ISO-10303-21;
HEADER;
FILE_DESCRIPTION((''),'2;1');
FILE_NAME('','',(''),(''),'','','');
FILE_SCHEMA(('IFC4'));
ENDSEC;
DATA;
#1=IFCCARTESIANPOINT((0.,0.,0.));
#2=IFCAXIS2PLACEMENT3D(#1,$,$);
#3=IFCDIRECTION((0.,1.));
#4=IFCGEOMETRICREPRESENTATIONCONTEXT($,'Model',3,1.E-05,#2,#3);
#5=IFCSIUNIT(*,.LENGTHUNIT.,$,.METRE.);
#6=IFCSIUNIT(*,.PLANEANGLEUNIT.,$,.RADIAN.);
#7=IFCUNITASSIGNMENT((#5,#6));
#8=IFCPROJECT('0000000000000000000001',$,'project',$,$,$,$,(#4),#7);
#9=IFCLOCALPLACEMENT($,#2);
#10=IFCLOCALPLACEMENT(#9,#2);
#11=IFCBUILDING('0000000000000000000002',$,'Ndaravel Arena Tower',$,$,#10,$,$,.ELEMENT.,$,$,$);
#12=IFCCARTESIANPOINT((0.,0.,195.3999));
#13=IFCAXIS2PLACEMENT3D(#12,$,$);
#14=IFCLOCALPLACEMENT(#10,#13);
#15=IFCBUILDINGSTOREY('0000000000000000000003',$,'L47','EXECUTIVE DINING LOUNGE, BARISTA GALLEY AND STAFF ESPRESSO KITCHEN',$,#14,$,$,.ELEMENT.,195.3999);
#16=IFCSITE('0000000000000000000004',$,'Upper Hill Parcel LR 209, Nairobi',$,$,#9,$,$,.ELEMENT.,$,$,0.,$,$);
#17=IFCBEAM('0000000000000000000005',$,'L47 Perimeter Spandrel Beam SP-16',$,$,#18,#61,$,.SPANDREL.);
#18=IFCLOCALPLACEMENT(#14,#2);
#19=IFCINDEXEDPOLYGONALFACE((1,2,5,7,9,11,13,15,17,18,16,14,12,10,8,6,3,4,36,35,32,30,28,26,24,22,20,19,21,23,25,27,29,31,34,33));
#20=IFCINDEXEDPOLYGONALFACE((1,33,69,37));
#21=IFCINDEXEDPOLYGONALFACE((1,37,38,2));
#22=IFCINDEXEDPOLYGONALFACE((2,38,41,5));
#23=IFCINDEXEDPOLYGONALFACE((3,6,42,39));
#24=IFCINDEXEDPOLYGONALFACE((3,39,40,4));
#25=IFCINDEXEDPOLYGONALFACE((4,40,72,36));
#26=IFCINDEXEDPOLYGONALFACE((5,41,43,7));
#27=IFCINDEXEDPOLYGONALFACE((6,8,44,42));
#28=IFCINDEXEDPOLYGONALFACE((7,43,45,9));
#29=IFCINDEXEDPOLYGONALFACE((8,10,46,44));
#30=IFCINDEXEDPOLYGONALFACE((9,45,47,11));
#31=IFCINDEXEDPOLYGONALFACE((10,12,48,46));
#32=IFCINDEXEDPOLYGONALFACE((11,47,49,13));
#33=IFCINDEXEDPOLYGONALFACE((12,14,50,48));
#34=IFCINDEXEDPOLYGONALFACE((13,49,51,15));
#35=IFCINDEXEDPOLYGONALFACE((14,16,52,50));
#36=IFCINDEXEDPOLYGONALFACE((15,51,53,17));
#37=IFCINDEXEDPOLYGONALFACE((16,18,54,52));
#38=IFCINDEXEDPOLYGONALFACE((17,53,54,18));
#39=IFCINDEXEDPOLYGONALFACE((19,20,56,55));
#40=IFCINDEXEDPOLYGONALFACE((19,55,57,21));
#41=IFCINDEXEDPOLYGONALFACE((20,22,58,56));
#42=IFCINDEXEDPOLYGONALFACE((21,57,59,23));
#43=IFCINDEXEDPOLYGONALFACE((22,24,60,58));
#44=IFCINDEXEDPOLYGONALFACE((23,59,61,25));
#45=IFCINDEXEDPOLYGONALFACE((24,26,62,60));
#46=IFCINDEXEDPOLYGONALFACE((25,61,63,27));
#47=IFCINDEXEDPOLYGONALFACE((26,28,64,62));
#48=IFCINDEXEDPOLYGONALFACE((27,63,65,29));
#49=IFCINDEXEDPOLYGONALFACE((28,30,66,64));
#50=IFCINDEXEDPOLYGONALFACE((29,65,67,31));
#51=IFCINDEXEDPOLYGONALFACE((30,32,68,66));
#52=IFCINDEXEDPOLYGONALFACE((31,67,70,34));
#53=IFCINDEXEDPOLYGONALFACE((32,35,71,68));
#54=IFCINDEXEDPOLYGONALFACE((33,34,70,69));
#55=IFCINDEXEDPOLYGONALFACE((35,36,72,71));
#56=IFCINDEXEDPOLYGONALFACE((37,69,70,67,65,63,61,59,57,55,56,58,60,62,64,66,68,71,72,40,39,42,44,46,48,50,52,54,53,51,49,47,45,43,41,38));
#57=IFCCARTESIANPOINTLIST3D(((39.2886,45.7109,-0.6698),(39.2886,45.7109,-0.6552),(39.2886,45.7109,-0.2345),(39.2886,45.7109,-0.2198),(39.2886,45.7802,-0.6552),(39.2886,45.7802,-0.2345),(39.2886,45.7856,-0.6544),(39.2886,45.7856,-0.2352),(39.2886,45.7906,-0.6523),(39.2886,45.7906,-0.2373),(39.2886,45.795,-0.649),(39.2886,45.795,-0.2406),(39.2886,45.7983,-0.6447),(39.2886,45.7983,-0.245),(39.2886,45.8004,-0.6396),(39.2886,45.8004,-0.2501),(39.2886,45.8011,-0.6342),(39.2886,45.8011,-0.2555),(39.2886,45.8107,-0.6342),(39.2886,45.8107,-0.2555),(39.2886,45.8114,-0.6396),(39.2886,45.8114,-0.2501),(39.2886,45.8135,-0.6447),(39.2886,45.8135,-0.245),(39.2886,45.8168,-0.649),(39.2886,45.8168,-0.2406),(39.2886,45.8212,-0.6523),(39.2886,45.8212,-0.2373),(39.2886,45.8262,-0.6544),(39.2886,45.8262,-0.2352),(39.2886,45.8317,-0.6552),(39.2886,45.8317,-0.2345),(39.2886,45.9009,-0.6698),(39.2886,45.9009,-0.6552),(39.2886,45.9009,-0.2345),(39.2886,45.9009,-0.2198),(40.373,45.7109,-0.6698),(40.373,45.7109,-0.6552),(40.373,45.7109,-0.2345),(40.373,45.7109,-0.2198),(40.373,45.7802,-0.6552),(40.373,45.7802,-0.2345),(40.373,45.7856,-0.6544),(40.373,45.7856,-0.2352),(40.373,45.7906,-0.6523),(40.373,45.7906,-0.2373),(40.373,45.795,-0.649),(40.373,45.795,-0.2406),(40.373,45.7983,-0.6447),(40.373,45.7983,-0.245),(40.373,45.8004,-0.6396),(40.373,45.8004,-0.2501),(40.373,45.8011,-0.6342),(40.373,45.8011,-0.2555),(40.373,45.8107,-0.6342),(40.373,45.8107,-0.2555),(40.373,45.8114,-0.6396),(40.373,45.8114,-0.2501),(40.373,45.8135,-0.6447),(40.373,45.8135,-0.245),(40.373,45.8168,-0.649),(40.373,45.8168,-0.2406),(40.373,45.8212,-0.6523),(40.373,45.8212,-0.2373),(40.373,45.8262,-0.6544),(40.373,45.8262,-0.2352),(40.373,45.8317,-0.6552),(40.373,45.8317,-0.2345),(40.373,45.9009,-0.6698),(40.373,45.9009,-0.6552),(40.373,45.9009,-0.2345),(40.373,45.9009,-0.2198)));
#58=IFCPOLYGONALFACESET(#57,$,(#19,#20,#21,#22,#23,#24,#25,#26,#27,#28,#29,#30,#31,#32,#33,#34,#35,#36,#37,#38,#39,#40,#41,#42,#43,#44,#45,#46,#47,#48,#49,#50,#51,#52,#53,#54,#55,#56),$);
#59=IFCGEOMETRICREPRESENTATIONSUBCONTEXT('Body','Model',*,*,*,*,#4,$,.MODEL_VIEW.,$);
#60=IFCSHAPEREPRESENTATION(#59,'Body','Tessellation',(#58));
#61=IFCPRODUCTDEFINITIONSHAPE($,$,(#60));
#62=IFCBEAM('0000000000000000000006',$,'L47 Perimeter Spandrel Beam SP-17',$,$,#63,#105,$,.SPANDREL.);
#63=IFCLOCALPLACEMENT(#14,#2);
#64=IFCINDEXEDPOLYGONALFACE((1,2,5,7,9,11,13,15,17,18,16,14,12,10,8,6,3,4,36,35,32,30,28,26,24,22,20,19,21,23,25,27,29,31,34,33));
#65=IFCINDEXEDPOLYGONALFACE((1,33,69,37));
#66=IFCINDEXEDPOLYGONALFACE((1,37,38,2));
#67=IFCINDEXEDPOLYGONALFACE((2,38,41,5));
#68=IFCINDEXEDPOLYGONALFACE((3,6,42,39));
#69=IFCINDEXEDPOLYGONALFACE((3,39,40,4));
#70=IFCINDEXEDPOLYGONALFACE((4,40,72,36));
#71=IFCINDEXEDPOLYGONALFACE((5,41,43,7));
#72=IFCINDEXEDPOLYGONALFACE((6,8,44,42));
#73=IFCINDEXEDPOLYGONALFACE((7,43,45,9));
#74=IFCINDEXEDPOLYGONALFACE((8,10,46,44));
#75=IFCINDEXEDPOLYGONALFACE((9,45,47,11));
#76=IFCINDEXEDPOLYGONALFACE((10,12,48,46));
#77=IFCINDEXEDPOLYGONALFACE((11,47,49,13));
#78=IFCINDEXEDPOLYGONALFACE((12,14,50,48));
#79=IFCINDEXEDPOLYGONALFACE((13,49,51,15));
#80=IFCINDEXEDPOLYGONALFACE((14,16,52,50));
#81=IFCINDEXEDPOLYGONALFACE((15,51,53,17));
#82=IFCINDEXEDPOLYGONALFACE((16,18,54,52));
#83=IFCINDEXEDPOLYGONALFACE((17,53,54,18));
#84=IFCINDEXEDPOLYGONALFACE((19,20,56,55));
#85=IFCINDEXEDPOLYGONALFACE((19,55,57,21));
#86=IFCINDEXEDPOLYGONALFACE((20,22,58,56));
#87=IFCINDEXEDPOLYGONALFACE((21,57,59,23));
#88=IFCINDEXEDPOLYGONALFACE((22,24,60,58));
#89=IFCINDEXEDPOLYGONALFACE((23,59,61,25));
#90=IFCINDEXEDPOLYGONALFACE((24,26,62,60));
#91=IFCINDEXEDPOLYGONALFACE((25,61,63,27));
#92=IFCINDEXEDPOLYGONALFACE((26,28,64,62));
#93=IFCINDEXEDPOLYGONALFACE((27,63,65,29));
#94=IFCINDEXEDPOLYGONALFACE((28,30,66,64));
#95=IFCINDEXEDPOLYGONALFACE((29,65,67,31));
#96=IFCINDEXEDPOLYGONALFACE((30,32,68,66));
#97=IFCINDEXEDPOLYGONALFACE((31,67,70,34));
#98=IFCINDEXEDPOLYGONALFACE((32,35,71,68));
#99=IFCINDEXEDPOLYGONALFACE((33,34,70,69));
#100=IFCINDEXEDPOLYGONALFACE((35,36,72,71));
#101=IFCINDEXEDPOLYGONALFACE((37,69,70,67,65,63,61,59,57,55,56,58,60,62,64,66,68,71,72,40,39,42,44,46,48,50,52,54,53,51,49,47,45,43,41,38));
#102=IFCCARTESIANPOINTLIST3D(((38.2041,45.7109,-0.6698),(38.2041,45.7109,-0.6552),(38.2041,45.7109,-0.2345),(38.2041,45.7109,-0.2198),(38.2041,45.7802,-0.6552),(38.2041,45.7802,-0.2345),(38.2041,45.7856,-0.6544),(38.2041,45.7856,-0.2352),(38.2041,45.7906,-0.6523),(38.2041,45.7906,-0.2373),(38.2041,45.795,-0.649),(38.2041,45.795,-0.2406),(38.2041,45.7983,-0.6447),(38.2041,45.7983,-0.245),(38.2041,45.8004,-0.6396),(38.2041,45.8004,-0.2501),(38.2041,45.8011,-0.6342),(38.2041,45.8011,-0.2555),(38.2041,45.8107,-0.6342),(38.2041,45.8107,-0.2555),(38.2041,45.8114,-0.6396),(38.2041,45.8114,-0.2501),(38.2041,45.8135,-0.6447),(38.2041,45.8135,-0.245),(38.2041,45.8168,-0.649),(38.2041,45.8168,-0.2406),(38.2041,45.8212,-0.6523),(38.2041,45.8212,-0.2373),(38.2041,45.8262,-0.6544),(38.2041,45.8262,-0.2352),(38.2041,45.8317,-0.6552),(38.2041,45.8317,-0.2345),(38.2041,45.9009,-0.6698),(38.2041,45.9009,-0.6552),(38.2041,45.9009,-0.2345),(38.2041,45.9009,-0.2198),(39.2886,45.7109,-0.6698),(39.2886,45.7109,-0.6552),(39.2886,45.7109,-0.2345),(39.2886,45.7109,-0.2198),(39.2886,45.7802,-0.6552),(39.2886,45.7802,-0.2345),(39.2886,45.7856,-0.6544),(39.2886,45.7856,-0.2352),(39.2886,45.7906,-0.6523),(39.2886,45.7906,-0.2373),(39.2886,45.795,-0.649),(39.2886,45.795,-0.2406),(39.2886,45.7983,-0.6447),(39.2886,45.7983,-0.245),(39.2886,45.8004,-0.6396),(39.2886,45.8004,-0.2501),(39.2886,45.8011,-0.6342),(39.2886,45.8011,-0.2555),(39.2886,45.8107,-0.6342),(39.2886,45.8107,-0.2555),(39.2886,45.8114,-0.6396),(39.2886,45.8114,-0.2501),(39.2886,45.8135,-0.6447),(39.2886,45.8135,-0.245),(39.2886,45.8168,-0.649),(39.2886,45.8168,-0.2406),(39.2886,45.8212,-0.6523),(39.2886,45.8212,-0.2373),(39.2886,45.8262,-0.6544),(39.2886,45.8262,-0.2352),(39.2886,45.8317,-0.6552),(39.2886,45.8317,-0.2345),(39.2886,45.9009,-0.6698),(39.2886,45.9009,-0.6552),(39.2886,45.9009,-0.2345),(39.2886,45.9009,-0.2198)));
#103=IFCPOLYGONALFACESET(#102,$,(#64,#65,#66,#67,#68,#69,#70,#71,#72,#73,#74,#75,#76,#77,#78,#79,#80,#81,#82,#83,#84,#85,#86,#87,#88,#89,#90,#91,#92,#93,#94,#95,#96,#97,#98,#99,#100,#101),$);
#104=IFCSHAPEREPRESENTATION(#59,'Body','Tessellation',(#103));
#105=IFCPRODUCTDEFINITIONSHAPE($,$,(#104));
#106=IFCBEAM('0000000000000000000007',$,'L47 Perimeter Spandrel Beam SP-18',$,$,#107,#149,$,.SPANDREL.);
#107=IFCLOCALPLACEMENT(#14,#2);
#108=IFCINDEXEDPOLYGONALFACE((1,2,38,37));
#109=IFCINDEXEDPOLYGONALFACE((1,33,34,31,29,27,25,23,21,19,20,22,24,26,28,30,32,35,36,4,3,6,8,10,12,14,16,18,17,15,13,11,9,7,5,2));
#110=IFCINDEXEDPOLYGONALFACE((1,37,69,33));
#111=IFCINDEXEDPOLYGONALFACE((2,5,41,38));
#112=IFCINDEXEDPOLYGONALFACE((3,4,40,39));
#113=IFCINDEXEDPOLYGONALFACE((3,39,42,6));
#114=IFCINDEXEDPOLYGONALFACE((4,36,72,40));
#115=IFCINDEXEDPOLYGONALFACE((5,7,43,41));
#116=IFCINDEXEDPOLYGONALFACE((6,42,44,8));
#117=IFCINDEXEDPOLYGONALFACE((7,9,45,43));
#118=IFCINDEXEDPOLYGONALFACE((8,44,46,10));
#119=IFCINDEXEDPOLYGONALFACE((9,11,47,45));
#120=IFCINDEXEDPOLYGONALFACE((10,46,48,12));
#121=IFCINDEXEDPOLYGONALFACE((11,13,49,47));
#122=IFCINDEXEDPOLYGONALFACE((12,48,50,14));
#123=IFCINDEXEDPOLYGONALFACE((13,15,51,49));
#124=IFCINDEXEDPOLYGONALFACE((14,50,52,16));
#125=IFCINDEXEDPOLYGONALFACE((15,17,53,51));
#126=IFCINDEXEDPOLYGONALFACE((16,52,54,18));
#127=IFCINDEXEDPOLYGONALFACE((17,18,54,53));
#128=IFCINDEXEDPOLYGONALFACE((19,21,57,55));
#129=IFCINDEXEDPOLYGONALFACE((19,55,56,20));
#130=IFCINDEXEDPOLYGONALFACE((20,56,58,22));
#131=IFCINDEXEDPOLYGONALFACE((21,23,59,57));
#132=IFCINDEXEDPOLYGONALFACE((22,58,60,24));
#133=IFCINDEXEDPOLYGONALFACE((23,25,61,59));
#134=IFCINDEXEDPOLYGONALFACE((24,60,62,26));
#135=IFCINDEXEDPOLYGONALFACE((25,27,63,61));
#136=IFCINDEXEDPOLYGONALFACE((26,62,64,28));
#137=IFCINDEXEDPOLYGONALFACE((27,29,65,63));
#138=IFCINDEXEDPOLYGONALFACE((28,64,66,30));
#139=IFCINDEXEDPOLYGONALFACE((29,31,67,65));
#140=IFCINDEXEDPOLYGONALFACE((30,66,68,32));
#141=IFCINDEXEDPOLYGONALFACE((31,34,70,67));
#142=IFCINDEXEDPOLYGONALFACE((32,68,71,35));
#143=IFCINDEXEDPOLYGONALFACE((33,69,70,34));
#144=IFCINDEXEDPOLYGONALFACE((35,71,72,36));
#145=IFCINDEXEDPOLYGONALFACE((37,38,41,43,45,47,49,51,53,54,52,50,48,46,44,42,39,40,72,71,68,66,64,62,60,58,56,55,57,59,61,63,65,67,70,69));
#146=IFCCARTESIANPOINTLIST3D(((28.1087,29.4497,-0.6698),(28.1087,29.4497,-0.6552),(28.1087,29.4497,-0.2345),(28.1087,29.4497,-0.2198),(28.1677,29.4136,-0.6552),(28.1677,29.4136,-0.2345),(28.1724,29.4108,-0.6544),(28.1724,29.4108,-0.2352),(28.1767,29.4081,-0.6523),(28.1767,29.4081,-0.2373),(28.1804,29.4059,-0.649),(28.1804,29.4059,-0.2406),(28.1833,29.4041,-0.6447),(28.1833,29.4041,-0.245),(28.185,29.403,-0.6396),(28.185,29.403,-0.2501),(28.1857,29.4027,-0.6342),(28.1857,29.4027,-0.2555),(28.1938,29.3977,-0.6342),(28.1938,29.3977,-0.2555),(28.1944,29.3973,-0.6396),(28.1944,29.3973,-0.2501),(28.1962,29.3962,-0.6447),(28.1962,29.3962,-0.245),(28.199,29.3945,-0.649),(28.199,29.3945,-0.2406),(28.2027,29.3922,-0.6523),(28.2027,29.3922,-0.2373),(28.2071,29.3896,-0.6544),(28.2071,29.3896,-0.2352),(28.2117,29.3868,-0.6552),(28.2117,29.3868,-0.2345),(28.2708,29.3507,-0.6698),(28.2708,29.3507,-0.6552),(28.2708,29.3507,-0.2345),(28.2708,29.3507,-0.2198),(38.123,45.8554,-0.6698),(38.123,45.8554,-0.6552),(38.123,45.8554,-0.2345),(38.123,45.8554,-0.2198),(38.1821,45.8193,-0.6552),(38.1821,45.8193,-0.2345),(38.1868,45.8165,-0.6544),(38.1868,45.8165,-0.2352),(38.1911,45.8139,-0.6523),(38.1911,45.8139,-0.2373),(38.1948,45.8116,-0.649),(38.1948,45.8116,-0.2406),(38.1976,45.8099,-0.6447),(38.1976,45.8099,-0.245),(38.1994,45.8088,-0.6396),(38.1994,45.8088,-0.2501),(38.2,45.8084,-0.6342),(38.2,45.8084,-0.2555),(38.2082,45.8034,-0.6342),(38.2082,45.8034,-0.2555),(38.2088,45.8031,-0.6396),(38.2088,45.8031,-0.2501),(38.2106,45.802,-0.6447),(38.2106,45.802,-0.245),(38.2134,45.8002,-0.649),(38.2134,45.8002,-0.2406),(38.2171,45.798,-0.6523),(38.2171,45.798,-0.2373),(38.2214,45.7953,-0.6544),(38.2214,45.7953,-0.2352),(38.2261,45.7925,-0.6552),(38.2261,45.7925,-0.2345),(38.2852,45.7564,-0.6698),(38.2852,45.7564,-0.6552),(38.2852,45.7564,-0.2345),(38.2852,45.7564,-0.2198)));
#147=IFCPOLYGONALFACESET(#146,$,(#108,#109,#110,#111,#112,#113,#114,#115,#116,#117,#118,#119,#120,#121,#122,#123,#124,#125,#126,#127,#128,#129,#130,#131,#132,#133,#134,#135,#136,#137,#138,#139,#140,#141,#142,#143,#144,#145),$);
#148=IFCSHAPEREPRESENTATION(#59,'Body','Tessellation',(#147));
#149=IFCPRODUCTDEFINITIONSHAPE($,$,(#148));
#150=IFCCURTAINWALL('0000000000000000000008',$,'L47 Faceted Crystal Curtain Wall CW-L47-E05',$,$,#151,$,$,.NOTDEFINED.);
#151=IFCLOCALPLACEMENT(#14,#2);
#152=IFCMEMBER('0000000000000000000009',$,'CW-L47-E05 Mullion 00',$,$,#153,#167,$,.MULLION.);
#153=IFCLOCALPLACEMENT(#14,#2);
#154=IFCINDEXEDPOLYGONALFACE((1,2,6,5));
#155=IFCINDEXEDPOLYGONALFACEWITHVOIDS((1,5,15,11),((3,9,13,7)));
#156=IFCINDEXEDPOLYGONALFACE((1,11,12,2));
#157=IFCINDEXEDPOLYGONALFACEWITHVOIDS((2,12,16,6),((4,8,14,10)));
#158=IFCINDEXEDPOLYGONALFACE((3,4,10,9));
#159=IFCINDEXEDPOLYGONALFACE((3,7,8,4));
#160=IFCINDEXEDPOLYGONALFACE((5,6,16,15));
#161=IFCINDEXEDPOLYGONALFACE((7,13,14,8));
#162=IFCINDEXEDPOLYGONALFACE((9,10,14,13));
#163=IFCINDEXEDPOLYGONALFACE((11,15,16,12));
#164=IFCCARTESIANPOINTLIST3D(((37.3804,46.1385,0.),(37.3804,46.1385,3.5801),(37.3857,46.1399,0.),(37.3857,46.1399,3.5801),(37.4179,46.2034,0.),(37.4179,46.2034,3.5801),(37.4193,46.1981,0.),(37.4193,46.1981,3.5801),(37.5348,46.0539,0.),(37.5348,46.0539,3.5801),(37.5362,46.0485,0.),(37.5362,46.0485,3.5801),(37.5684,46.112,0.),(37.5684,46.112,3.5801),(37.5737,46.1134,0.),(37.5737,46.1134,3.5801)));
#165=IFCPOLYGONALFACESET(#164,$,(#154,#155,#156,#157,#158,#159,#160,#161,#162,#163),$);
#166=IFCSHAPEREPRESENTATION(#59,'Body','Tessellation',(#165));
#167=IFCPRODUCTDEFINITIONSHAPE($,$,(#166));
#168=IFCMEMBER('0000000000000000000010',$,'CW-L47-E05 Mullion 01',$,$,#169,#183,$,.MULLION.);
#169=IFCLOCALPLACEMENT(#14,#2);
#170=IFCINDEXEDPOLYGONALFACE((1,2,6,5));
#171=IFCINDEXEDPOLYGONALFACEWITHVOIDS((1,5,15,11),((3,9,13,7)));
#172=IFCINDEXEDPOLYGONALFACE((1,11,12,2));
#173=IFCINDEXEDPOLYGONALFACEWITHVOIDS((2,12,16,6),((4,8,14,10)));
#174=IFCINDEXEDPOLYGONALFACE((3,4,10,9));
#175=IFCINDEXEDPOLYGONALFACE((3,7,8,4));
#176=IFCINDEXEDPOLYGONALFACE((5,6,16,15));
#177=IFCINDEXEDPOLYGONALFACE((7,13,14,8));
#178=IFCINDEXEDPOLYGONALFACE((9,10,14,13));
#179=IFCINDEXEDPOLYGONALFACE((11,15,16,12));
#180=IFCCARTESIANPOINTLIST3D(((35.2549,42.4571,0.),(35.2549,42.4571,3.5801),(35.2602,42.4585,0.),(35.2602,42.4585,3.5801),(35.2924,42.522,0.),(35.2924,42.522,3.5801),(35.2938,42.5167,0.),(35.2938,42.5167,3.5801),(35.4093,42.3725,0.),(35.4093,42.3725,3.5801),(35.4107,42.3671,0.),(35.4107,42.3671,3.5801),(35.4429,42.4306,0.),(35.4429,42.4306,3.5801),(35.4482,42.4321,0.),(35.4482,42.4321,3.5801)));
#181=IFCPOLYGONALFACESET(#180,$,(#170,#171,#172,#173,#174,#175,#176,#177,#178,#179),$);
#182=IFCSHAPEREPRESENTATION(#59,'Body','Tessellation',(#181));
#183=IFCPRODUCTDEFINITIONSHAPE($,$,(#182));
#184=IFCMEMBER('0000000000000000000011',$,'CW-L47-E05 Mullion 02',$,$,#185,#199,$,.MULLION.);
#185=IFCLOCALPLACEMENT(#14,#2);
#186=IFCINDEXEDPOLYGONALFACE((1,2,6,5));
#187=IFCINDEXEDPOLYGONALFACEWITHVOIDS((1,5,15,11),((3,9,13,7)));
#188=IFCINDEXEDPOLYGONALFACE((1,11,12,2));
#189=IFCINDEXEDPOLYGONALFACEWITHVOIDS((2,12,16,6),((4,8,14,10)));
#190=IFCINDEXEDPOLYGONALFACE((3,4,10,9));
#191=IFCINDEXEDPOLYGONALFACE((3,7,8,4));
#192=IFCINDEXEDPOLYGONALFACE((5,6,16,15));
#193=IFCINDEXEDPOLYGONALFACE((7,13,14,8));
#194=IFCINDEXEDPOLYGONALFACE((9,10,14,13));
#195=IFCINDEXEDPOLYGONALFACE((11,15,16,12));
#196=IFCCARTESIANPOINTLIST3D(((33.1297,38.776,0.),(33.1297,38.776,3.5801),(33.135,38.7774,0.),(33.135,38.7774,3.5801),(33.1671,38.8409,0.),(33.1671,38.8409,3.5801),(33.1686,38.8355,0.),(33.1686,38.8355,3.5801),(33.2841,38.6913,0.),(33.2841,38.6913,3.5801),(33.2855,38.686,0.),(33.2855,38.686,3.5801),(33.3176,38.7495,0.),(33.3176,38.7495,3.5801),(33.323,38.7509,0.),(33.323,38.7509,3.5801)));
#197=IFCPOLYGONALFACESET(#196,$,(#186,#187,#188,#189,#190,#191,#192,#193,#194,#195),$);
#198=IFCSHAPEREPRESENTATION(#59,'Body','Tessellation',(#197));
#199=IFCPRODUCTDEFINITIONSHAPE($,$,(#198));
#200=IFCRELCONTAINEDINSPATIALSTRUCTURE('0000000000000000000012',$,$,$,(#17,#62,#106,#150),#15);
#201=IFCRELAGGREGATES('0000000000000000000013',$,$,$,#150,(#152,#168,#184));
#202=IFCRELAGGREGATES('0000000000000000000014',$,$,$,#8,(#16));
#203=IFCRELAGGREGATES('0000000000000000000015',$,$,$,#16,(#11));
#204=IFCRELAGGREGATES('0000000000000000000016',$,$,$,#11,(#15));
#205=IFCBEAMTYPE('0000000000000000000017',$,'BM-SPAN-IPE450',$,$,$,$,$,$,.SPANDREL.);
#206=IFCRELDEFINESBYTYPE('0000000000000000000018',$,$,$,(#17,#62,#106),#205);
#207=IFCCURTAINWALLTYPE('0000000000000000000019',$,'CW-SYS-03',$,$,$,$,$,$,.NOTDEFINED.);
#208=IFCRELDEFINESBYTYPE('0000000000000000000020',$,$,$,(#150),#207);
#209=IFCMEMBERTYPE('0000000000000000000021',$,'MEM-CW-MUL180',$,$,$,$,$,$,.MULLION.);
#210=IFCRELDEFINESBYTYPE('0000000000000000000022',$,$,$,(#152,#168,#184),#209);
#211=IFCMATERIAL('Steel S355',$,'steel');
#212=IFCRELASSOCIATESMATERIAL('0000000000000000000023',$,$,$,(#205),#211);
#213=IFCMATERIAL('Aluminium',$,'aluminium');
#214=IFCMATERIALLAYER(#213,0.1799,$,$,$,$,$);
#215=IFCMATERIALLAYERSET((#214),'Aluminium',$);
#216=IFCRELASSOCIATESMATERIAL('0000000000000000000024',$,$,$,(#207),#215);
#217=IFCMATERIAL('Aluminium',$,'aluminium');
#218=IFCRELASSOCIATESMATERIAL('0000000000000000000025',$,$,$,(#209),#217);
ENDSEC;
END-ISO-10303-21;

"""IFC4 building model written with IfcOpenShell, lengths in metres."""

from ifc_helpers import new_model, si_unit, direction, frame, origin, origin_2d, place, context, subcontext, project, spatial, hollow_rectangle, i_section, extrude, material, layer, layer_set, material_profile, profile_set, type_object, element, aggregate, save


model = new_model("IFC4")

# Units and contexts
model_context = context("Model", 3, precision=1e-05, world=origin(), true_north=direction((0.0, 1.0)))
body_context = subcontext(model_context, "Body", "Model", "MODEL_VIEW")
ifc_project = project(units=[si_unit("LENGTHUNIT", "METRE"), si_unit("PLANEANGLEUNIT", "RADIAN")], contexts=[model_context])

# Site, building, storey
site_placement = place(None, origin())
site = spatial("IfcSite", under=ifc_project, at=site_placement, Name="Upper Hill Parcel LR 209, Nairobi", CompositionType="ELEMENT", RefElevation=0.0)
building_placement = place(site_placement, origin())
building = spatial("IfcBuilding", under=site, at=building_placement, Name="Ndaravel Arena Tower", CompositionType="ELEMENT")
storey_placement = place(building_placement, frame((0.0, 0.0, 195.3999)))
storey = spatial("IfcBuildingStorey", under=building, at=storey_placement, Name="L47", Description="EXECUTIVE DINING LOUNGE, BARISTA GALLEY AND STAFF ESPRESSO KITCHEN", CompositionType="ELEMENT", Elevation=195.3999)

# Beams
ifc_material_1 = material(Name="Steel S355", Category="steel")
ifc_material_profile_1 = material_profile(ifc_material_1, i_section(OverallWidth=0.1899, OverallDepth=0.45, WebThickness=0.0095, FlangeThickness=0.0146, FilletRadius=0.021, at=origin_2d()), Name="IPE 450")
ifc_profile_set_1 = profile_set([ifc_material_profile_1], Name="Steel S355")
beam_type_1 = type_object("IfcBeamType", Name="BM-SPAN-IPE450", PredefinedType="SPANDREL", material=ifc_profile_set_1)
for number, where, z_axis, x_axis, name in (
    (1, (40.373, 45.8059, -0.4448), (-1.0, 0.0, 0.0), (0.0, -1.0, 0.0), "L47 Perimeter Spandrel Beam SP-16"),
    (2, (39.2886, 45.8059, -0.4448), (-1.0, 0.0, 0.0), (0.0, -1.0, 0.0), "L47 Perimeter Spandrel Beam SP-17"),
):
    element("IfcBeam", number, at=place(storey_placement, frame(where, z_axis=z_axis, x_axis=x_axis)), inside=storey, type_object=beam_type_1, Name=name, PredefinedType="SPANDREL", context=body_context, shape_type="SweptSolid", body=[
        extrude(i_section(OverallWidth=0.1899, OverallDepth=0.45, WebThickness=0.0095, FlangeThickness=0.0146, FilletRadius=0.021, at=origin_2d()), origin(), (0.0, 0.0, 1.0), 1.0845),
    ])
beam_1_placement = place(storey_placement, frame((38.2041, 45.8059, -0.4448), z_axis=(-0.52102, -0.853544, 0.0), x_axis=(0.853544, -0.52102, 0.0)))
element("IfcBeam", 3, at=beam_1_placement, inside=storey, type_object=beam_type_1, Name="L47 Perimeter Spandrel Beam SP-18", PredefinedType="SPANDREL", context=body_context, shape_type="SweptSolid", body=[
    extrude(i_section(OverallWidth=0.1899, OverallDepth=0.45, WebThickness=0.0095, FlangeThickness=0.0146, FilletRadius=0.021, at=origin_2d()), origin(), (0.0, 0.0, 1.0), 19.2207),
])

# Curtain wall, members
ifc_material_2 = material(Name="Aluminium", Category="aluminium")
ifc_layer_1 = layer(ifc_material_2, 0.1799)
ifc_layer_set_1 = layer_set([ifc_layer_1], Name="Aluminium")
curtain_wall_type_1 = type_object("IfcCurtainWallType", Name="CW-SYS-03", PredefinedType="NOTDEFINED", material=ifc_layer_set_1)
curtain_wall_1_placement = place(storey_placement, origin())
curtain_wall_1 = element("IfcCurtainWall", 4, at=curtain_wall_1_placement, inside=storey, type_object=curtain_wall_type_1, Name="L47 Faceted Crystal Curtain Wall CW-L47-E05", PredefinedType="NOTDEFINED")
ifc_material_3 = material(Name="Aluminium", Category="aluminium")
ifc_material_profile_2 = material_profile(ifc_material_3, hollow_rectangle(XDim=0.075, YDim=0.1799, WallThickness=0.0039, at=origin_2d()), Name="CW MULLION 75x180x4")
ifc_profile_set_2 = profile_set([ifc_material_profile_2], Name="Aluminium")
member_type_1 = type_object("IfcMemberType", Name="MEM-CW-MUL180", PredefinedType="MULLION", material=ifc_profile_set_2)
member_1_placement = place(storey_placement, frame((37.4771, 46.126, 0.0), z_axis=(0.0, 0.0, 1.0), x_axis=(-0.5, -0.866025, 0.0)))
member_1 = element("IfcMember", 5, at=member_1_placement, type_object=member_type_1, Name="CW-L47-E05 Mullion 00", PredefinedType="MULLION", context=body_context, shape_type="SweptSolid", body=[
    extrude(hollow_rectangle(XDim=0.075, YDim=0.1799, WallThickness=0.0039, at=origin_2d()), origin(), (0.0, 0.0, 1.0), 3.5801),
])
member_2_placement = place(storey_placement, frame((35.3516, 42.4446, 0.0), z_axis=(0.0, 0.0, 1.0), x_axis=(-0.5, -0.866025, 0.0)))
member_2 = element("IfcMember", 6, at=member_2_placement, type_object=member_type_1, Name="CW-L47-E05 Mullion 01", PredefinedType="MULLION", context=body_context, shape_type="SweptSolid", body=[
    extrude(hollow_rectangle(XDim=0.075, YDim=0.1799, WallThickness=0.0039, at=origin_2d()), origin(), (0.0, 0.0, 1.0), 3.5801),
])
member_3_placement = place(storey_placement, frame((33.2263, 38.7634, 0.0), z_axis=(0.0, 0.0, 1.0), x_axis=(-0.5, -0.866025, 0.0)))
member_3 = element("IfcMember", 7, at=member_3_placement, type_object=member_type_1, Name="CW-L47-E05 Mullion 02", PredefinedType="MULLION", context=body_context, shape_type="SweptSolid", body=[
    extrude(hollow_rectangle(XDim=0.075, YDim=0.1799, WallThickness=0.0039, at=origin_2d()), origin(), (0.0, 0.0, 1.0), 3.5801),
])

aggregate(curtain_wall_1, [member_1, member_2, member_3])

save(model, "model.ifc")
